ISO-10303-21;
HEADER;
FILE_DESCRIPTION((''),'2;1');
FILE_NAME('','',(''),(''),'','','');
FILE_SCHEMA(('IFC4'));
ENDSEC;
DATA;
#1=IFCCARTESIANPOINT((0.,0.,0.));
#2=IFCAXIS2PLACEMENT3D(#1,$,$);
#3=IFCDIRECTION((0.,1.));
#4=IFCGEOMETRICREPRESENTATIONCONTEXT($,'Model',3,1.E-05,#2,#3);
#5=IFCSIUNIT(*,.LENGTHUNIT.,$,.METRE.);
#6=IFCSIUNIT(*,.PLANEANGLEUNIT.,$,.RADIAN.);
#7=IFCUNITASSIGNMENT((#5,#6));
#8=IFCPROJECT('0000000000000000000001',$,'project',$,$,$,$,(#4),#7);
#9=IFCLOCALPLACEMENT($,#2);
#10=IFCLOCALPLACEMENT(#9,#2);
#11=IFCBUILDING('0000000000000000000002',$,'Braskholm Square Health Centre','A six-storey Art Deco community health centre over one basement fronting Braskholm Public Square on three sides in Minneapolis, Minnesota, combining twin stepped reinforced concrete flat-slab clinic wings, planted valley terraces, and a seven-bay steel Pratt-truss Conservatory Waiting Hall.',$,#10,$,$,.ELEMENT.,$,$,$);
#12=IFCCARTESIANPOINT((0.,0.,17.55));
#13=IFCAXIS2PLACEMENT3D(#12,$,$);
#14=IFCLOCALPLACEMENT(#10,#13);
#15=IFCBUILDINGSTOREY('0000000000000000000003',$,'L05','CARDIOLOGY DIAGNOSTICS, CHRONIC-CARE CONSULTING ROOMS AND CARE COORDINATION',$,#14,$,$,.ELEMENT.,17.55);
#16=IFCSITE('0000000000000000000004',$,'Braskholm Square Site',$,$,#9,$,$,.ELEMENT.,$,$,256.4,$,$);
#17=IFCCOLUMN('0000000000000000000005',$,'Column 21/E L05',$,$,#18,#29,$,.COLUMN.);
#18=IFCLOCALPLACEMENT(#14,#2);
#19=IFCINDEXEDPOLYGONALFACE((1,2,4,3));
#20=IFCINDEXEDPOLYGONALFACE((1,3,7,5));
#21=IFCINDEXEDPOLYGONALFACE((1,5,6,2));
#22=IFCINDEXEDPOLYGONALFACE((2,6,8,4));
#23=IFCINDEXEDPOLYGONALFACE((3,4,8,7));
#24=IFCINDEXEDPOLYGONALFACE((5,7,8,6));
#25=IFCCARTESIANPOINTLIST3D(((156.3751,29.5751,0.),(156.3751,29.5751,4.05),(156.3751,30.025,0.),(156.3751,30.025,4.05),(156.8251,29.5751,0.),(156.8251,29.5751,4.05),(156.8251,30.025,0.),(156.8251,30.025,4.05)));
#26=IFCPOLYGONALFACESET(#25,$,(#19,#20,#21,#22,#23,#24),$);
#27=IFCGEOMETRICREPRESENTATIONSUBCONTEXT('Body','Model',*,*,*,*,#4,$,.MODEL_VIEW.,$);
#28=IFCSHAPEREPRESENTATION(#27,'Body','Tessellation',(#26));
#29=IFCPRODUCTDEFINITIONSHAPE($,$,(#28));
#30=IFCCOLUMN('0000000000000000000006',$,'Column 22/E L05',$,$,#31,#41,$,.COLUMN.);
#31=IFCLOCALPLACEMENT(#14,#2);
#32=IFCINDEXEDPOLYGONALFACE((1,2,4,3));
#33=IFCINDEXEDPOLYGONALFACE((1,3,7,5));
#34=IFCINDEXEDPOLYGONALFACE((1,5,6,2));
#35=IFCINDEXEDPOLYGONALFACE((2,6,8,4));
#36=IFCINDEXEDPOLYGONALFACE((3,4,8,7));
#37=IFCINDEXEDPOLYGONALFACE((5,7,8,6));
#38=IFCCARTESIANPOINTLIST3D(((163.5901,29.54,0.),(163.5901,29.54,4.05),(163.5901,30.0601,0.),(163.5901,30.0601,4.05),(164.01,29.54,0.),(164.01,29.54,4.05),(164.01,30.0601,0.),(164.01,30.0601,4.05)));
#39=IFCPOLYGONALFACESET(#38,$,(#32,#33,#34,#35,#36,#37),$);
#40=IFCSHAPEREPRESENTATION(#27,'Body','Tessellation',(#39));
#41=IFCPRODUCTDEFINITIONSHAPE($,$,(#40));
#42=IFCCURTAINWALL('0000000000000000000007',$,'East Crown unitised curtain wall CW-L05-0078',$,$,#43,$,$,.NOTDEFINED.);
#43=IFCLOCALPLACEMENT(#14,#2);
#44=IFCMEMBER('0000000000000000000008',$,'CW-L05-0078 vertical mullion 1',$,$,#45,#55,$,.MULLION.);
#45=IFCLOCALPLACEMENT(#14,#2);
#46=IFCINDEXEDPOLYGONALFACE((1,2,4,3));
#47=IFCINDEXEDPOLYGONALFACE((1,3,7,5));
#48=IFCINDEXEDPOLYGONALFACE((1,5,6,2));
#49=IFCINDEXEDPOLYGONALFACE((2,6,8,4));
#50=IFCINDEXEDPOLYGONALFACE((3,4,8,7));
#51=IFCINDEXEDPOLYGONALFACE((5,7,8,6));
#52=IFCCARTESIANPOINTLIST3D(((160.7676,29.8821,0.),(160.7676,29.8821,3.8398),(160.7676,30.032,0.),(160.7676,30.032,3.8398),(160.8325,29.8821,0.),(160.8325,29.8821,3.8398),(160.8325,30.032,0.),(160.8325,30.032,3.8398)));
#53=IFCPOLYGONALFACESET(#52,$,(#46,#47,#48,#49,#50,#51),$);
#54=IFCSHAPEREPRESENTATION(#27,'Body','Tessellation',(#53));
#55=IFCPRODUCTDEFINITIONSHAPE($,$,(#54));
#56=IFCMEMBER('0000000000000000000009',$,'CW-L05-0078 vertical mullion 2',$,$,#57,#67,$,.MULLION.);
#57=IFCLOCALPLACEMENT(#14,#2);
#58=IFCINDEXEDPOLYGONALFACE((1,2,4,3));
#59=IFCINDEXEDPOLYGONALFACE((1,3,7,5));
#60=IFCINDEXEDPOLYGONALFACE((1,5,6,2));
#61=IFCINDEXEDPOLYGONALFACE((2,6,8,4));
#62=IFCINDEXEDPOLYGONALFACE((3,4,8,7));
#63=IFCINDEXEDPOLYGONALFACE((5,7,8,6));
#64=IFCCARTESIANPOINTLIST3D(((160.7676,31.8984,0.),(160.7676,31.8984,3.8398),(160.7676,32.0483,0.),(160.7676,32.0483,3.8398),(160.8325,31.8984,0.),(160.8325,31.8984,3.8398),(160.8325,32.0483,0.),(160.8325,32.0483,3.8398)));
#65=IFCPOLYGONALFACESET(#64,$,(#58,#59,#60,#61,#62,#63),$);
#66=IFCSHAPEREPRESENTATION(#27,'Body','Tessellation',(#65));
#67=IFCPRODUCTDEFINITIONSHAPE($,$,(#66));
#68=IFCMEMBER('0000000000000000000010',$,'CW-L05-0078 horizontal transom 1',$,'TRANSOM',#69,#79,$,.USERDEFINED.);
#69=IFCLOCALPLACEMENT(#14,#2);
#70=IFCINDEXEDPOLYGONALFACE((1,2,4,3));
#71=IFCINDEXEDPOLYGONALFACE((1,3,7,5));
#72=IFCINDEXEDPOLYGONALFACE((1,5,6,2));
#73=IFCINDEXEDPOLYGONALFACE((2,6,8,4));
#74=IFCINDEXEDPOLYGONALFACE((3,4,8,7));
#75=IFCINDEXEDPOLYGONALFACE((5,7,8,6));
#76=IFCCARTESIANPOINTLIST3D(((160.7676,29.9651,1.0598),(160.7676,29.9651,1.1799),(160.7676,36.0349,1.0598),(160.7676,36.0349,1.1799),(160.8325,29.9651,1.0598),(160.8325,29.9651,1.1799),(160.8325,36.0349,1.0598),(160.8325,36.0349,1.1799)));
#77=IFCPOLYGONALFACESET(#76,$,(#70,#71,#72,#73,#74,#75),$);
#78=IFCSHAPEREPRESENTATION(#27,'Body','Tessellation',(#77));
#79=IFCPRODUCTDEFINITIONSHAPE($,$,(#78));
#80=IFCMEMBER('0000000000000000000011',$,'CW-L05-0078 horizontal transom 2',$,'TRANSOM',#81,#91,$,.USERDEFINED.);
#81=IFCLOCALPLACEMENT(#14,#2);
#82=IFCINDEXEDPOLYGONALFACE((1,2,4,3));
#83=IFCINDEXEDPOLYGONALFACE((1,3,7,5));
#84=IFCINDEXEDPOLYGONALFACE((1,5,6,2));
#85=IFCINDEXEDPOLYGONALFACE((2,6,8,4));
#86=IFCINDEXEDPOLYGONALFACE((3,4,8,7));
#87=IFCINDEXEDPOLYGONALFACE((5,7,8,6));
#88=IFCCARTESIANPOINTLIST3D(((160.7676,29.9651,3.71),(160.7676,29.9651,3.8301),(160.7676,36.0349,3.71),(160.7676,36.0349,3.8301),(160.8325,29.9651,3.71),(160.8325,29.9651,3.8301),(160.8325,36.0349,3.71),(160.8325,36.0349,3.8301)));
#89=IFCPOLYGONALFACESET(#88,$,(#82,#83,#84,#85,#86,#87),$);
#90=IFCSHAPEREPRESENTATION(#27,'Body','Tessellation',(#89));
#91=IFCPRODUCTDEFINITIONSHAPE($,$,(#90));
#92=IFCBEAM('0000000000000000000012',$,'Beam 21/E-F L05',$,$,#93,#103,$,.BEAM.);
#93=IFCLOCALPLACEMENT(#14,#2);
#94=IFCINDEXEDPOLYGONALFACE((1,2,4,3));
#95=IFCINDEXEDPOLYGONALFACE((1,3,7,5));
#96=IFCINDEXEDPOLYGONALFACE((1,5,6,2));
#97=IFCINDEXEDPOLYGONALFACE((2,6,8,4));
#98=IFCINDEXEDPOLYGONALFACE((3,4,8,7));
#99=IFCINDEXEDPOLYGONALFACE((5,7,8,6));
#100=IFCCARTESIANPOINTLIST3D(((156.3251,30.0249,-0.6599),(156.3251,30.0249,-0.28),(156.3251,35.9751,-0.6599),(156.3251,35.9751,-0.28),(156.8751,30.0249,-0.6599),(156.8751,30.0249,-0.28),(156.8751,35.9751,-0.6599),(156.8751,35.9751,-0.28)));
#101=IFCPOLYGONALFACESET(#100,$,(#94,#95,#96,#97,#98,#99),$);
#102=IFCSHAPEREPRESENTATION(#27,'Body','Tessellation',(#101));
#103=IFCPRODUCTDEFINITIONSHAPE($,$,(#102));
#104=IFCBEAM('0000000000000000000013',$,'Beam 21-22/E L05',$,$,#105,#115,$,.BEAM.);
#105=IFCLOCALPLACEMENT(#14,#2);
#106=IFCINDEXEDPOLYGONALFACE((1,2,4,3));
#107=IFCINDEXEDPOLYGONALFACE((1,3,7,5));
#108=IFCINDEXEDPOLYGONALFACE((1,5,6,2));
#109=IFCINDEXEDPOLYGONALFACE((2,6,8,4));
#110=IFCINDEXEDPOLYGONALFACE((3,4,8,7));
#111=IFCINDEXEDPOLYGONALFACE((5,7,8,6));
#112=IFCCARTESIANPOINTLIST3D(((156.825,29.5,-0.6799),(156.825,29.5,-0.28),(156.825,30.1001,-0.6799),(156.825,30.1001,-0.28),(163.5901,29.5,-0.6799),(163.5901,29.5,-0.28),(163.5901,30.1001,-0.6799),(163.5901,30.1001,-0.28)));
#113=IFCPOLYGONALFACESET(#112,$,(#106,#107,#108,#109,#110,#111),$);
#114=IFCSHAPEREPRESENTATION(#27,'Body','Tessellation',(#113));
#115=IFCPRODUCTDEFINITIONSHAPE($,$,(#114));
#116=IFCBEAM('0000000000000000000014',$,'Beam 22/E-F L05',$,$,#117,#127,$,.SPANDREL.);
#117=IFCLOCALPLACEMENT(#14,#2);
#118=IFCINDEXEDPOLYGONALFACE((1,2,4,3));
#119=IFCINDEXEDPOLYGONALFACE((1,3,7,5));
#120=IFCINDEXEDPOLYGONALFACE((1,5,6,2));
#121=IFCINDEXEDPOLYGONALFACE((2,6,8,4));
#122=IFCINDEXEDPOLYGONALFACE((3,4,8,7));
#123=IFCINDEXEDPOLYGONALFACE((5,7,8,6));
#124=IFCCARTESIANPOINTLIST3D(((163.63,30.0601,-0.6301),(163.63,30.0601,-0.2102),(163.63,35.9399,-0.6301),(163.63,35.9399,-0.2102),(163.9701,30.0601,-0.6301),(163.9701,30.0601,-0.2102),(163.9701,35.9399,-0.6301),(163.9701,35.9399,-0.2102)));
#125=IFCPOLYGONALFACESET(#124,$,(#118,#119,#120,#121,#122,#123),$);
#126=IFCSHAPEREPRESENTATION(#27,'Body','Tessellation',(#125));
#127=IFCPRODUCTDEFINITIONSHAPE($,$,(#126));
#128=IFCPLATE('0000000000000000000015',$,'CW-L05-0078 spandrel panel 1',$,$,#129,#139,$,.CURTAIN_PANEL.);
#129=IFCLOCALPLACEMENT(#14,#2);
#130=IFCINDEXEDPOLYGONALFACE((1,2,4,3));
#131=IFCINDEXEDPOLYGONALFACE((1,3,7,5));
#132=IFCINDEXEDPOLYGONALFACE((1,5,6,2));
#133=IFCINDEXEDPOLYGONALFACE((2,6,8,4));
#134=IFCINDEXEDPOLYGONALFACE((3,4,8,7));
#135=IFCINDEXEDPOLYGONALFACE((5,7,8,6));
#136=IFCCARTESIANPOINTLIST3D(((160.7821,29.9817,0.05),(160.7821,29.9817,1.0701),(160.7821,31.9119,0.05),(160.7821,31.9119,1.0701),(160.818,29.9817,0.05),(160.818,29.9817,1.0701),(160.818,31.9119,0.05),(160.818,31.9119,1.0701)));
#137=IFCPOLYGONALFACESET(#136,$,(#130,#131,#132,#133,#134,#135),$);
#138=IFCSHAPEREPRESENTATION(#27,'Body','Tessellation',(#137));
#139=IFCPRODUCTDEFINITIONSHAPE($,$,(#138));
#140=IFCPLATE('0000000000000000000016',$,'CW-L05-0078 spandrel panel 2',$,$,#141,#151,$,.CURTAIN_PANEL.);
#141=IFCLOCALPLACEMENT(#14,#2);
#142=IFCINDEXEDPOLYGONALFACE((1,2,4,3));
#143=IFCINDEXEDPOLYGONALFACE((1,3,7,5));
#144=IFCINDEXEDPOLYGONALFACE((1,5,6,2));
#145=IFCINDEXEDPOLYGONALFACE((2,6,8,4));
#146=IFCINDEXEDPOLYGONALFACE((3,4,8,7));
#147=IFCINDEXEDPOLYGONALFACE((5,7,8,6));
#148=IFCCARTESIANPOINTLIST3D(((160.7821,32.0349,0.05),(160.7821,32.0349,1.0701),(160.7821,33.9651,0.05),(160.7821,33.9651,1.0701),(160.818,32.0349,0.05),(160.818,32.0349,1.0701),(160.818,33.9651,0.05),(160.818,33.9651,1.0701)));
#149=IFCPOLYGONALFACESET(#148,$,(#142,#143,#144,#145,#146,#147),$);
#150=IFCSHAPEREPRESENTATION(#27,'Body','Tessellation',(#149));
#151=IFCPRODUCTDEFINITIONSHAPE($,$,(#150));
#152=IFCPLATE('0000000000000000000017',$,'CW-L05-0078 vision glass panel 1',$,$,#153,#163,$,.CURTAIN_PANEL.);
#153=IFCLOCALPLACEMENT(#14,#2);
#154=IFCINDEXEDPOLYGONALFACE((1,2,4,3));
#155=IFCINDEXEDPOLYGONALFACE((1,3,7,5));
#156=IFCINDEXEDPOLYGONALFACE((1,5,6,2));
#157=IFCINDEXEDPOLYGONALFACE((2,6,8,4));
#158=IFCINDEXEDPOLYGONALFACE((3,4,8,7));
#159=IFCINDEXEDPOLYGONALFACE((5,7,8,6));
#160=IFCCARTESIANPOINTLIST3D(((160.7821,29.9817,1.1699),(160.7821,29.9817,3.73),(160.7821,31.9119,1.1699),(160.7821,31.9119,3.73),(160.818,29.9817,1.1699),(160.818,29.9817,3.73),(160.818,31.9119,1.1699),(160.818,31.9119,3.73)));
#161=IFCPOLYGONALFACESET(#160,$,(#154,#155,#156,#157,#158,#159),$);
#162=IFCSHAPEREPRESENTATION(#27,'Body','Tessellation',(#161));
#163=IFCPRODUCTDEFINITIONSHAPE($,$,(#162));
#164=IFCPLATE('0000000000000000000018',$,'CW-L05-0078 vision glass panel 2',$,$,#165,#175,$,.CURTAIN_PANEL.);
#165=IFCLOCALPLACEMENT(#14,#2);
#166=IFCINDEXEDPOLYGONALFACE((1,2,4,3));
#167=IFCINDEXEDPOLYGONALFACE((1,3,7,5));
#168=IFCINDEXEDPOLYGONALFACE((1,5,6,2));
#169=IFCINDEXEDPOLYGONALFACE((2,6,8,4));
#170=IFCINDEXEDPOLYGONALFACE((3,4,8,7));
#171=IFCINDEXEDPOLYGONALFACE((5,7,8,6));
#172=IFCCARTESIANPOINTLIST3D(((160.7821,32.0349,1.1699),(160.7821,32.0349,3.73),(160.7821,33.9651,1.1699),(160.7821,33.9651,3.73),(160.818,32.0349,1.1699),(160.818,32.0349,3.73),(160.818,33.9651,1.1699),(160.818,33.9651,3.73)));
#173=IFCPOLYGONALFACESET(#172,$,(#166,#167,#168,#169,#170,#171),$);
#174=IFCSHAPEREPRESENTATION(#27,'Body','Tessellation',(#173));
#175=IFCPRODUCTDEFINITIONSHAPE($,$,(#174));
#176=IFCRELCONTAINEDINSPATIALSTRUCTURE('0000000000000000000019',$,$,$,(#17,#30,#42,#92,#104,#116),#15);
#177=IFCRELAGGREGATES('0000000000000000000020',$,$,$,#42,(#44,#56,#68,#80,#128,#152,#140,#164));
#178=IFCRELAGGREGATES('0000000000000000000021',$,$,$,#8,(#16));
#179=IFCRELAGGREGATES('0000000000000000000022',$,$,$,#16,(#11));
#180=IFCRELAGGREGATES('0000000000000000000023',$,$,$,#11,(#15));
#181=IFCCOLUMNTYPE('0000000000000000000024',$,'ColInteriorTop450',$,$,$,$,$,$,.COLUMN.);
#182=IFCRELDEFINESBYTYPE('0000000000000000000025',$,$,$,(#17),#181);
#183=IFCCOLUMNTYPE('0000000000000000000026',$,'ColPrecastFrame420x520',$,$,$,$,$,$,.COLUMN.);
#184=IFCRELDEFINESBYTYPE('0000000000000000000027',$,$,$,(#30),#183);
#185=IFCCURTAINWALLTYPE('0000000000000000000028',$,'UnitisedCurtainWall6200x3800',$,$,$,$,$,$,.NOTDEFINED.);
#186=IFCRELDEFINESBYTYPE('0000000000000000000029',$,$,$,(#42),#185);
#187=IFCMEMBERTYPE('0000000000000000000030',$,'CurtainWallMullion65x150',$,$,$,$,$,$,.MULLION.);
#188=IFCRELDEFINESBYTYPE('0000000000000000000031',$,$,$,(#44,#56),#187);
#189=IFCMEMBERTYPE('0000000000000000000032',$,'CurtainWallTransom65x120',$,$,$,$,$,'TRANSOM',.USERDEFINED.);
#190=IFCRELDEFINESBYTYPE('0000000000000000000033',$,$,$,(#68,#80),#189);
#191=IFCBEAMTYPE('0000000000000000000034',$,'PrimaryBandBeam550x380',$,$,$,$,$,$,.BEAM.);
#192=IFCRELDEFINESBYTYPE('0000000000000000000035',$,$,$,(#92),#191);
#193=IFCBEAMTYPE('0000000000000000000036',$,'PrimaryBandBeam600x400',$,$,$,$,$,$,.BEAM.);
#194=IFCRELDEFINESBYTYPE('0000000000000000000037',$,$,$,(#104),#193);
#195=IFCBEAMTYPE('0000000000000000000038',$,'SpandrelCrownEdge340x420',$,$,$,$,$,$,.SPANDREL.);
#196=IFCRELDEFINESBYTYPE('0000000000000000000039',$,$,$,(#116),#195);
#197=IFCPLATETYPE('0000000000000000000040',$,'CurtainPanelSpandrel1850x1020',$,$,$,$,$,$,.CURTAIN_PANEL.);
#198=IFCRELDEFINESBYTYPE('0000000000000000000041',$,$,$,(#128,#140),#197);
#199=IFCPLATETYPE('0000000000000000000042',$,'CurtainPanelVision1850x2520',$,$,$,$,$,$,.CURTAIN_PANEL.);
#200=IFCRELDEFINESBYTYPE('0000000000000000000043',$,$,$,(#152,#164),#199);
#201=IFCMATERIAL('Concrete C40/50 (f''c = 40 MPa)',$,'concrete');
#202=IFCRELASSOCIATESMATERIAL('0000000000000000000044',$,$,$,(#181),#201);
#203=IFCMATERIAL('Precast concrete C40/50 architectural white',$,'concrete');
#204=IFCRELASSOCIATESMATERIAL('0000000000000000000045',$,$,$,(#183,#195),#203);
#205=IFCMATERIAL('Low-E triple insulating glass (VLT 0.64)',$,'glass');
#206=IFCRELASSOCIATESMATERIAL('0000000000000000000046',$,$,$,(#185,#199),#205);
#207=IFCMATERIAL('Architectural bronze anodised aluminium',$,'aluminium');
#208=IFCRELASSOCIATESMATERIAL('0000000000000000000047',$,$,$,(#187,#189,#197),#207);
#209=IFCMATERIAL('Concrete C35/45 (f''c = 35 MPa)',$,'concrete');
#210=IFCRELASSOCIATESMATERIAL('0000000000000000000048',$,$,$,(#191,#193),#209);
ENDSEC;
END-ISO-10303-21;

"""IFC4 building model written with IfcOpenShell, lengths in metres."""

from ifc_helpers import new_model, si_unit, direction, frame, origin, origin_2d, place, context, subcontext, project, spatial, rectangle, extrude, material, material_profile, profile_set, type_object, element, aggregate, save


model = new_model("IFC4")

# Units and contexts
model_context = context("Model", 3, precision=1e-05, world=origin(), true_north=direction((0.0, 1.0)))
body_context = subcontext(model_context, "Body", "Model", "MODEL_VIEW")
ifc_project = project(units=[si_unit("LENGTHUNIT", "METRE"), si_unit("PLANEANGLEUNIT", "RADIAN")], contexts=[model_context])

# Site, building, storey
site_placement = place(None, origin())
site = spatial("IfcSite", under=ifc_project, at=site_placement, Name="Braskholm Square Site", CompositionType="ELEMENT", RefElevation=256.4)
building_placement = place(site_placement, origin())
building = spatial("IfcBuilding", under=site, at=building_placement, Name="Braskholm Square Health Centre", Description="A six-storey Art Deco community health centre over one basement fronting Braskholm Public Square on three sides in Minneapolis, Minnesota, combining twin stepped reinforced concrete flat-slab clinic wings, planted valley terraces, and a seven-bay steel Pratt-truss Conservatory Waiting Hall.", CompositionType="ELEMENT")
storey_placement = place(building_placement, frame((0.0, 0.0, 17.55)))
storey = spatial("IfcBuildingStorey", under=building, at=storey_placement, Name="L05", Description="CARDIOLOGY DIAGNOSTICS, CHRONIC-CARE CONSULTING ROOMS AND CARE COORDINATION", CompositionType="ELEMENT", Elevation=17.55)

# Columns
ifc_material_1 = material(Name="Concrete C40/50 (f'c = 40 MPa)", Category="concrete")
ifc_material_profile_1 = material_profile(ifc_material_1, rectangle(XDim=0.45, YDim=0.45, at=origin_2d()), Name="RC-450X450")
ifc_profile_set_1 = profile_set([ifc_material_profile_1], Name="Concrete C40/50 (f'c = 40 MPa)")
column_type_1 = type_object("IfcColumnType", Name="ColInteriorTop450", PredefinedType="COLUMN", material=ifc_profile_set_1)
column_1_placement = place(storey_placement, frame((156.6001, 29.8, 0.0), z_axis=(0.0, 0.0, 1.0), x_axis=(1.0, 0.0, 0.0)))
element("IfcColumn", 1, at=column_1_placement, inside=storey, type_object=column_type_1, Name="Column 21/E L05", PredefinedType="COLUMN", context=body_context, shape_type="SweptSolid", body=[
    extrude(rectangle(XDim=0.45, YDim=0.45, at=origin_2d()), origin(), (0.0, 0.0, 1.0), 4.05),
])
ifc_material_2 = material(Name="Precast concrete C40/50 architectural white", Category="concrete")
ifc_material_profile_2 = material_profile(ifc_material_2, rectangle(XDim=0.4199, YDim=0.52, at=origin_2d()), Name="RC-420X520")
ifc_profile_set_2 = profile_set([ifc_material_profile_2], Name="Precast concrete C40/50 architectural white")
column_type_2 = type_object("IfcColumnType", Name="ColPrecastFrame420x520", PredefinedType="COLUMN", material=ifc_profile_set_2)
column_2_placement = place(storey_placement, frame((163.8, 29.8, 0.0), z_axis=(0.0, 0.0, 1.0), x_axis=(1.0, 0.0, 0.0)))
element("IfcColumn", 2, at=column_2_placement, inside=storey, type_object=column_type_2, Name="Column 22/E L05", PredefinedType="COLUMN", context=body_context, shape_type="SweptSolid", body=[
    extrude(rectangle(XDim=0.4199, YDim=0.52, at=origin_2d()), origin(), (0.0, 0.0, 1.0), 4.05),
])

# Curtain wall, members
ifc_material_3 = material(Name="Low-E triple insulating glass (VLT 0.64)", Category="glass")
curtain_wall_type = type_object("IfcCurtainWallType", Name="UnitisedCurtainWall6200x3800", PredefinedType="NOTDEFINED", material=ifc_material_3)
curtain_wall_placement = place(storey_placement, origin())
curtain_wall = element("IfcCurtainWall", 3, at=curtain_wall_placement, inside=storey, type_object=curtain_wall_type, Name="East Crown unitised curtain wall CW-L05-0078", PredefinedType="NOTDEFINED")
ifc_material_4 = material(Name="Architectural bronze anodised aluminium", Category="aluminium")
ifc_material_profile_3 = material_profile(ifc_material_4, rectangle(XDim=0.0649, YDim=0.1499, at=origin_2d()), Name="ALU-65X150")
ifc_profile_set_3 = profile_set([ifc_material_profile_3], Name="Architectural bronze anodised aluminium")
member_type_1 = type_object("IfcMemberType", Name="CurtainWallMullion65x150", PredefinedType="MULLION", material=ifc_profile_set_3)
member_1_placement = place(storey_placement, frame((160.8, 29.957, 0.0), z_axis=(0.0, 0.0, 1.0), x_axis=(1.0, 0.0, 0.0)))
member_1 = element("IfcMember", 4, at=member_1_placement, type_object=member_type_1, Name="CW-L05-0078 vertical mullion 1", PredefinedType="MULLION", context=body_context, shape_type="SweptSolid", body=[
    extrude(rectangle(XDim=0.0649, YDim=0.1499, at=origin_2d()), origin(), (0.0, 0.0, 1.0), 3.8398),
])
member_2_placement = place(storey_placement, frame((160.8, 31.9734, 0.0), z_axis=(0.0, 0.0, 1.0), x_axis=(1.0, 0.0, 0.0)))
member_2 = element("IfcMember", 5, at=member_2_placement, type_object=member_type_1, Name="CW-L05-0078 vertical mullion 2", PredefinedType="MULLION", context=body_context, shape_type="SweptSolid", body=[
    extrude(rectangle(XDim=0.0649, YDim=0.1499, at=origin_2d()), origin(), (0.0, 0.0, 1.0), 3.8398),
])
ifc_material_profile_4 = material_profile(ifc_material_4, rectangle(XDim=0.0649, YDim=0.1201, at=origin_2d()), Name="ALU-65X120")
ifc_profile_set_4 = profile_set([ifc_material_profile_4], Name="Architectural bronze anodised aluminium")
member_type_2 = type_object("IfcMemberType", Name="CurtainWallTransom65x120", ElementType="TRANSOM", PredefinedType="USERDEFINED", material=ifc_profile_set_4)
member_3_placement = place(storey_placement, frame((160.8, 29.9651, 1.1199), z_axis=(0.0, 1.0, 0.0), x_axis=(-1.0, 0.0, 0.0)))
member_3 = element("IfcMember", 6, at=member_3_placement, type_object=member_type_2, Name="CW-L05-0078 horizontal transom 1", ObjectType="TRANSOM", PredefinedType="USERDEFINED", context=body_context, shape_type="SweptSolid", body=[
    extrude(rectangle(XDim=0.0649, YDim=0.1201, at=origin_2d()), origin(), (0.0, 0.0, 1.0), 6.0698),
])
member_4_placement = place(storey_placement, frame((160.8, 29.9651, 3.77), z_axis=(0.0, 1.0, 0.0), x_axis=(-1.0, 0.0, 0.0)))
member_4 = element("IfcMember", 7, at=member_4_placement, type_object=member_type_2, Name="CW-L05-0078 horizontal transom 2", ObjectType="TRANSOM", PredefinedType="USERDEFINED", context=body_context, shape_type="SweptSolid", body=[
    extrude(rectangle(XDim=0.0649, YDim=0.1201, at=origin_2d()), origin(), (0.0, 0.0, 1.0), 6.0698),
])

# Beams
ifc_material_5 = material(Name="Concrete C35/45 (f'c = 35 MPa)", Category="concrete")
ifc_material_profile_5 = material_profile(ifc_material_5, rectangle(XDim=0.55, YDim=0.3799, at=origin_2d()), Name="RCB-550X380")
ifc_profile_set_5 = profile_set([ifc_material_profile_5], Name="Concrete C35/45 (f'c = 35 MPa)")
beam_type_1 = type_object("IfcBeamType", Name="PrimaryBandBeam550x380", PredefinedType="BEAM", material=ifc_profile_set_5)
beam_1_placement = place(storey_placement, frame((156.6001, 30.0249, -0.47), z_axis=(0.0, 1.0, 0.0), x_axis=(-1.0, 0.0, 0.0)))
element("IfcBeam", 8, at=beam_1_placement, inside=storey, type_object=beam_type_1, Name="Beam 21/E-F L05", PredefinedType="BEAM", context=body_context, shape_type="SweptSolid", body=[
    extrude(rectangle(XDim=0.55, YDim=0.3799, at=origin_2d()), origin(), (0.0, 0.0, 1.0), 5.9502),
])
ifc_material_profile_6 = material_profile(ifc_material_5, rectangle(XDim=0.6001, YDim=0.3999, at=origin_2d()), Name="RCB-600X400")
ifc_profile_set_6 = profile_set([ifc_material_profile_6], Name="Concrete C35/45 (f'c = 35 MPa)")
beam_type_2 = type_object("IfcBeamType", Name="PrimaryBandBeam600x400", PredefinedType="BEAM", material=ifc_profile_set_6)
beam_2_placement = place(storey_placement, frame((156.825, 29.8, -0.48), z_axis=(1.0, 0.0, 0.0), x_axis=(0.0, 1.0, 0.0)))
element("IfcBeam", 9, at=beam_2_placement, inside=storey, type_object=beam_type_2, Name="Beam 21-22/E L05", PredefinedType="BEAM", context=body_context, shape_type="SweptSolid", body=[
    extrude(rectangle(XDim=0.6001, YDim=0.3999, at=origin_2d()), origin(), (0.0, 0.0, 1.0), 6.7651),
])
ifc_material_profile_7 = material_profile(ifc_material_2, rectangle(XDim=0.3401, YDim=0.4199, at=origin_2d()), Name="RCB-340X420")
ifc_profile_set_7 = profile_set([ifc_material_profile_7], Name="Precast concrete C40/50 architectural white")
beam_type_3 = type_object("IfcBeamType", Name="SpandrelCrownEdge340x420", PredefinedType="SPANDREL", material=ifc_profile_set_7)
beam_3_placement = place(storey_placement, frame((163.8, 30.0601, -0.4202), z_axis=(0.0, 1.0, 0.0), x_axis=(-1.0, 0.0, 0.0)))
element("IfcBeam", 10, at=beam_3_placement, inside=storey, type_object=beam_type_3, Name="Beam 22/E-F L05", PredefinedType="SPANDREL", context=body_context, shape_type="SweptSolid", body=[
    extrude(rectangle(XDim=0.3401, YDim=0.4199, at=origin_2d()), origin(), (0.0, 0.0, 1.0), 5.8799),
])

# Plates
plate_type_1 = type_object("IfcPlateType", Name="CurtainPanelSpandrel1850x1020", PredefinedType="CURTAIN_PANEL", material=ifc_material_4)
plate_1_placement = place(storey_placement, frame((160.8, 30.9468, 0.05), z_axis=(0.0, 0.0, 1.0), x_axis=(0.0, 1.0, 0.0)))
plate_1 = element("IfcPlate", 11, at=plate_1_placement, type_object=plate_type_1, Name="CW-L05-0078 spandrel panel 1", PredefinedType="CURTAIN_PANEL", context=body_context, shape_type="SweptSolid", body=[
    extrude(rectangle(XDim=1.9302, YDim=0.0359, at=origin_2d()), origin(), (0.0, 0.0, 1.0), 1.02),
])
plate_2_placement = place(storey_placement, frame((160.8, 33.0, 0.05), z_axis=(0.0, 0.0, 1.0), x_axis=(0.0, 1.0, 0.0)))
plate_2 = element("IfcPlate", 12, at=plate_2_placement, type_object=plate_type_1, Name="CW-L05-0078 spandrel panel 2", PredefinedType="CURTAIN_PANEL", context=body_context, shape_type="SweptSolid", body=[
    extrude(rectangle(XDim=1.9302, YDim=0.0359, at=origin_2d()), origin(), (0.0, 0.0, 1.0), 1.02),
])
plate_type_2 = type_object("IfcPlateType", Name="CurtainPanelVision1850x2520", PredefinedType="CURTAIN_PANEL", material=ifc_material_3)
plate_3_placement = place(storey_placement, frame((160.8, 30.9468, 1.1699), z_axis=(0.0, 0.0, 1.0), x_axis=(0.0, 1.0, 0.0)))
plate_3 = element("IfcPlate", 13, at=plate_3_placement, type_object=plate_type_2, Name="CW-L05-0078 vision glass panel 1", PredefinedType="CURTAIN_PANEL", context=body_context, shape_type="SweptSolid", body=[
    extrude(rectangle(XDim=1.9302, YDim=0.0359, at=origin_2d()), origin(), (0.0, 0.0, 1.0), 2.5601),
])
plate_4_placement = place(storey_placement, frame((160.8, 33.0, 1.1699), z_axis=(0.0, 0.0, 1.0), x_axis=(0.0, 1.0, 0.0)))
plate_4 = element("IfcPlate", 14, at=plate_4_placement, type_object=plate_type_2, Name="CW-L05-0078 vision glass panel 2", PredefinedType="CURTAIN_PANEL", context=body_context, shape_type="SweptSolid", body=[
    extrude(rectangle(XDim=1.9302, YDim=0.0359, at=origin_2d()), origin(), (0.0, 0.0, 1.0), 2.5601),
])
aggregate(curtain_wall, [member_1, member_2, member_3, member_4, plate_1, plate_3, plate_2, plate_4])

save(model, "model.ifc")
